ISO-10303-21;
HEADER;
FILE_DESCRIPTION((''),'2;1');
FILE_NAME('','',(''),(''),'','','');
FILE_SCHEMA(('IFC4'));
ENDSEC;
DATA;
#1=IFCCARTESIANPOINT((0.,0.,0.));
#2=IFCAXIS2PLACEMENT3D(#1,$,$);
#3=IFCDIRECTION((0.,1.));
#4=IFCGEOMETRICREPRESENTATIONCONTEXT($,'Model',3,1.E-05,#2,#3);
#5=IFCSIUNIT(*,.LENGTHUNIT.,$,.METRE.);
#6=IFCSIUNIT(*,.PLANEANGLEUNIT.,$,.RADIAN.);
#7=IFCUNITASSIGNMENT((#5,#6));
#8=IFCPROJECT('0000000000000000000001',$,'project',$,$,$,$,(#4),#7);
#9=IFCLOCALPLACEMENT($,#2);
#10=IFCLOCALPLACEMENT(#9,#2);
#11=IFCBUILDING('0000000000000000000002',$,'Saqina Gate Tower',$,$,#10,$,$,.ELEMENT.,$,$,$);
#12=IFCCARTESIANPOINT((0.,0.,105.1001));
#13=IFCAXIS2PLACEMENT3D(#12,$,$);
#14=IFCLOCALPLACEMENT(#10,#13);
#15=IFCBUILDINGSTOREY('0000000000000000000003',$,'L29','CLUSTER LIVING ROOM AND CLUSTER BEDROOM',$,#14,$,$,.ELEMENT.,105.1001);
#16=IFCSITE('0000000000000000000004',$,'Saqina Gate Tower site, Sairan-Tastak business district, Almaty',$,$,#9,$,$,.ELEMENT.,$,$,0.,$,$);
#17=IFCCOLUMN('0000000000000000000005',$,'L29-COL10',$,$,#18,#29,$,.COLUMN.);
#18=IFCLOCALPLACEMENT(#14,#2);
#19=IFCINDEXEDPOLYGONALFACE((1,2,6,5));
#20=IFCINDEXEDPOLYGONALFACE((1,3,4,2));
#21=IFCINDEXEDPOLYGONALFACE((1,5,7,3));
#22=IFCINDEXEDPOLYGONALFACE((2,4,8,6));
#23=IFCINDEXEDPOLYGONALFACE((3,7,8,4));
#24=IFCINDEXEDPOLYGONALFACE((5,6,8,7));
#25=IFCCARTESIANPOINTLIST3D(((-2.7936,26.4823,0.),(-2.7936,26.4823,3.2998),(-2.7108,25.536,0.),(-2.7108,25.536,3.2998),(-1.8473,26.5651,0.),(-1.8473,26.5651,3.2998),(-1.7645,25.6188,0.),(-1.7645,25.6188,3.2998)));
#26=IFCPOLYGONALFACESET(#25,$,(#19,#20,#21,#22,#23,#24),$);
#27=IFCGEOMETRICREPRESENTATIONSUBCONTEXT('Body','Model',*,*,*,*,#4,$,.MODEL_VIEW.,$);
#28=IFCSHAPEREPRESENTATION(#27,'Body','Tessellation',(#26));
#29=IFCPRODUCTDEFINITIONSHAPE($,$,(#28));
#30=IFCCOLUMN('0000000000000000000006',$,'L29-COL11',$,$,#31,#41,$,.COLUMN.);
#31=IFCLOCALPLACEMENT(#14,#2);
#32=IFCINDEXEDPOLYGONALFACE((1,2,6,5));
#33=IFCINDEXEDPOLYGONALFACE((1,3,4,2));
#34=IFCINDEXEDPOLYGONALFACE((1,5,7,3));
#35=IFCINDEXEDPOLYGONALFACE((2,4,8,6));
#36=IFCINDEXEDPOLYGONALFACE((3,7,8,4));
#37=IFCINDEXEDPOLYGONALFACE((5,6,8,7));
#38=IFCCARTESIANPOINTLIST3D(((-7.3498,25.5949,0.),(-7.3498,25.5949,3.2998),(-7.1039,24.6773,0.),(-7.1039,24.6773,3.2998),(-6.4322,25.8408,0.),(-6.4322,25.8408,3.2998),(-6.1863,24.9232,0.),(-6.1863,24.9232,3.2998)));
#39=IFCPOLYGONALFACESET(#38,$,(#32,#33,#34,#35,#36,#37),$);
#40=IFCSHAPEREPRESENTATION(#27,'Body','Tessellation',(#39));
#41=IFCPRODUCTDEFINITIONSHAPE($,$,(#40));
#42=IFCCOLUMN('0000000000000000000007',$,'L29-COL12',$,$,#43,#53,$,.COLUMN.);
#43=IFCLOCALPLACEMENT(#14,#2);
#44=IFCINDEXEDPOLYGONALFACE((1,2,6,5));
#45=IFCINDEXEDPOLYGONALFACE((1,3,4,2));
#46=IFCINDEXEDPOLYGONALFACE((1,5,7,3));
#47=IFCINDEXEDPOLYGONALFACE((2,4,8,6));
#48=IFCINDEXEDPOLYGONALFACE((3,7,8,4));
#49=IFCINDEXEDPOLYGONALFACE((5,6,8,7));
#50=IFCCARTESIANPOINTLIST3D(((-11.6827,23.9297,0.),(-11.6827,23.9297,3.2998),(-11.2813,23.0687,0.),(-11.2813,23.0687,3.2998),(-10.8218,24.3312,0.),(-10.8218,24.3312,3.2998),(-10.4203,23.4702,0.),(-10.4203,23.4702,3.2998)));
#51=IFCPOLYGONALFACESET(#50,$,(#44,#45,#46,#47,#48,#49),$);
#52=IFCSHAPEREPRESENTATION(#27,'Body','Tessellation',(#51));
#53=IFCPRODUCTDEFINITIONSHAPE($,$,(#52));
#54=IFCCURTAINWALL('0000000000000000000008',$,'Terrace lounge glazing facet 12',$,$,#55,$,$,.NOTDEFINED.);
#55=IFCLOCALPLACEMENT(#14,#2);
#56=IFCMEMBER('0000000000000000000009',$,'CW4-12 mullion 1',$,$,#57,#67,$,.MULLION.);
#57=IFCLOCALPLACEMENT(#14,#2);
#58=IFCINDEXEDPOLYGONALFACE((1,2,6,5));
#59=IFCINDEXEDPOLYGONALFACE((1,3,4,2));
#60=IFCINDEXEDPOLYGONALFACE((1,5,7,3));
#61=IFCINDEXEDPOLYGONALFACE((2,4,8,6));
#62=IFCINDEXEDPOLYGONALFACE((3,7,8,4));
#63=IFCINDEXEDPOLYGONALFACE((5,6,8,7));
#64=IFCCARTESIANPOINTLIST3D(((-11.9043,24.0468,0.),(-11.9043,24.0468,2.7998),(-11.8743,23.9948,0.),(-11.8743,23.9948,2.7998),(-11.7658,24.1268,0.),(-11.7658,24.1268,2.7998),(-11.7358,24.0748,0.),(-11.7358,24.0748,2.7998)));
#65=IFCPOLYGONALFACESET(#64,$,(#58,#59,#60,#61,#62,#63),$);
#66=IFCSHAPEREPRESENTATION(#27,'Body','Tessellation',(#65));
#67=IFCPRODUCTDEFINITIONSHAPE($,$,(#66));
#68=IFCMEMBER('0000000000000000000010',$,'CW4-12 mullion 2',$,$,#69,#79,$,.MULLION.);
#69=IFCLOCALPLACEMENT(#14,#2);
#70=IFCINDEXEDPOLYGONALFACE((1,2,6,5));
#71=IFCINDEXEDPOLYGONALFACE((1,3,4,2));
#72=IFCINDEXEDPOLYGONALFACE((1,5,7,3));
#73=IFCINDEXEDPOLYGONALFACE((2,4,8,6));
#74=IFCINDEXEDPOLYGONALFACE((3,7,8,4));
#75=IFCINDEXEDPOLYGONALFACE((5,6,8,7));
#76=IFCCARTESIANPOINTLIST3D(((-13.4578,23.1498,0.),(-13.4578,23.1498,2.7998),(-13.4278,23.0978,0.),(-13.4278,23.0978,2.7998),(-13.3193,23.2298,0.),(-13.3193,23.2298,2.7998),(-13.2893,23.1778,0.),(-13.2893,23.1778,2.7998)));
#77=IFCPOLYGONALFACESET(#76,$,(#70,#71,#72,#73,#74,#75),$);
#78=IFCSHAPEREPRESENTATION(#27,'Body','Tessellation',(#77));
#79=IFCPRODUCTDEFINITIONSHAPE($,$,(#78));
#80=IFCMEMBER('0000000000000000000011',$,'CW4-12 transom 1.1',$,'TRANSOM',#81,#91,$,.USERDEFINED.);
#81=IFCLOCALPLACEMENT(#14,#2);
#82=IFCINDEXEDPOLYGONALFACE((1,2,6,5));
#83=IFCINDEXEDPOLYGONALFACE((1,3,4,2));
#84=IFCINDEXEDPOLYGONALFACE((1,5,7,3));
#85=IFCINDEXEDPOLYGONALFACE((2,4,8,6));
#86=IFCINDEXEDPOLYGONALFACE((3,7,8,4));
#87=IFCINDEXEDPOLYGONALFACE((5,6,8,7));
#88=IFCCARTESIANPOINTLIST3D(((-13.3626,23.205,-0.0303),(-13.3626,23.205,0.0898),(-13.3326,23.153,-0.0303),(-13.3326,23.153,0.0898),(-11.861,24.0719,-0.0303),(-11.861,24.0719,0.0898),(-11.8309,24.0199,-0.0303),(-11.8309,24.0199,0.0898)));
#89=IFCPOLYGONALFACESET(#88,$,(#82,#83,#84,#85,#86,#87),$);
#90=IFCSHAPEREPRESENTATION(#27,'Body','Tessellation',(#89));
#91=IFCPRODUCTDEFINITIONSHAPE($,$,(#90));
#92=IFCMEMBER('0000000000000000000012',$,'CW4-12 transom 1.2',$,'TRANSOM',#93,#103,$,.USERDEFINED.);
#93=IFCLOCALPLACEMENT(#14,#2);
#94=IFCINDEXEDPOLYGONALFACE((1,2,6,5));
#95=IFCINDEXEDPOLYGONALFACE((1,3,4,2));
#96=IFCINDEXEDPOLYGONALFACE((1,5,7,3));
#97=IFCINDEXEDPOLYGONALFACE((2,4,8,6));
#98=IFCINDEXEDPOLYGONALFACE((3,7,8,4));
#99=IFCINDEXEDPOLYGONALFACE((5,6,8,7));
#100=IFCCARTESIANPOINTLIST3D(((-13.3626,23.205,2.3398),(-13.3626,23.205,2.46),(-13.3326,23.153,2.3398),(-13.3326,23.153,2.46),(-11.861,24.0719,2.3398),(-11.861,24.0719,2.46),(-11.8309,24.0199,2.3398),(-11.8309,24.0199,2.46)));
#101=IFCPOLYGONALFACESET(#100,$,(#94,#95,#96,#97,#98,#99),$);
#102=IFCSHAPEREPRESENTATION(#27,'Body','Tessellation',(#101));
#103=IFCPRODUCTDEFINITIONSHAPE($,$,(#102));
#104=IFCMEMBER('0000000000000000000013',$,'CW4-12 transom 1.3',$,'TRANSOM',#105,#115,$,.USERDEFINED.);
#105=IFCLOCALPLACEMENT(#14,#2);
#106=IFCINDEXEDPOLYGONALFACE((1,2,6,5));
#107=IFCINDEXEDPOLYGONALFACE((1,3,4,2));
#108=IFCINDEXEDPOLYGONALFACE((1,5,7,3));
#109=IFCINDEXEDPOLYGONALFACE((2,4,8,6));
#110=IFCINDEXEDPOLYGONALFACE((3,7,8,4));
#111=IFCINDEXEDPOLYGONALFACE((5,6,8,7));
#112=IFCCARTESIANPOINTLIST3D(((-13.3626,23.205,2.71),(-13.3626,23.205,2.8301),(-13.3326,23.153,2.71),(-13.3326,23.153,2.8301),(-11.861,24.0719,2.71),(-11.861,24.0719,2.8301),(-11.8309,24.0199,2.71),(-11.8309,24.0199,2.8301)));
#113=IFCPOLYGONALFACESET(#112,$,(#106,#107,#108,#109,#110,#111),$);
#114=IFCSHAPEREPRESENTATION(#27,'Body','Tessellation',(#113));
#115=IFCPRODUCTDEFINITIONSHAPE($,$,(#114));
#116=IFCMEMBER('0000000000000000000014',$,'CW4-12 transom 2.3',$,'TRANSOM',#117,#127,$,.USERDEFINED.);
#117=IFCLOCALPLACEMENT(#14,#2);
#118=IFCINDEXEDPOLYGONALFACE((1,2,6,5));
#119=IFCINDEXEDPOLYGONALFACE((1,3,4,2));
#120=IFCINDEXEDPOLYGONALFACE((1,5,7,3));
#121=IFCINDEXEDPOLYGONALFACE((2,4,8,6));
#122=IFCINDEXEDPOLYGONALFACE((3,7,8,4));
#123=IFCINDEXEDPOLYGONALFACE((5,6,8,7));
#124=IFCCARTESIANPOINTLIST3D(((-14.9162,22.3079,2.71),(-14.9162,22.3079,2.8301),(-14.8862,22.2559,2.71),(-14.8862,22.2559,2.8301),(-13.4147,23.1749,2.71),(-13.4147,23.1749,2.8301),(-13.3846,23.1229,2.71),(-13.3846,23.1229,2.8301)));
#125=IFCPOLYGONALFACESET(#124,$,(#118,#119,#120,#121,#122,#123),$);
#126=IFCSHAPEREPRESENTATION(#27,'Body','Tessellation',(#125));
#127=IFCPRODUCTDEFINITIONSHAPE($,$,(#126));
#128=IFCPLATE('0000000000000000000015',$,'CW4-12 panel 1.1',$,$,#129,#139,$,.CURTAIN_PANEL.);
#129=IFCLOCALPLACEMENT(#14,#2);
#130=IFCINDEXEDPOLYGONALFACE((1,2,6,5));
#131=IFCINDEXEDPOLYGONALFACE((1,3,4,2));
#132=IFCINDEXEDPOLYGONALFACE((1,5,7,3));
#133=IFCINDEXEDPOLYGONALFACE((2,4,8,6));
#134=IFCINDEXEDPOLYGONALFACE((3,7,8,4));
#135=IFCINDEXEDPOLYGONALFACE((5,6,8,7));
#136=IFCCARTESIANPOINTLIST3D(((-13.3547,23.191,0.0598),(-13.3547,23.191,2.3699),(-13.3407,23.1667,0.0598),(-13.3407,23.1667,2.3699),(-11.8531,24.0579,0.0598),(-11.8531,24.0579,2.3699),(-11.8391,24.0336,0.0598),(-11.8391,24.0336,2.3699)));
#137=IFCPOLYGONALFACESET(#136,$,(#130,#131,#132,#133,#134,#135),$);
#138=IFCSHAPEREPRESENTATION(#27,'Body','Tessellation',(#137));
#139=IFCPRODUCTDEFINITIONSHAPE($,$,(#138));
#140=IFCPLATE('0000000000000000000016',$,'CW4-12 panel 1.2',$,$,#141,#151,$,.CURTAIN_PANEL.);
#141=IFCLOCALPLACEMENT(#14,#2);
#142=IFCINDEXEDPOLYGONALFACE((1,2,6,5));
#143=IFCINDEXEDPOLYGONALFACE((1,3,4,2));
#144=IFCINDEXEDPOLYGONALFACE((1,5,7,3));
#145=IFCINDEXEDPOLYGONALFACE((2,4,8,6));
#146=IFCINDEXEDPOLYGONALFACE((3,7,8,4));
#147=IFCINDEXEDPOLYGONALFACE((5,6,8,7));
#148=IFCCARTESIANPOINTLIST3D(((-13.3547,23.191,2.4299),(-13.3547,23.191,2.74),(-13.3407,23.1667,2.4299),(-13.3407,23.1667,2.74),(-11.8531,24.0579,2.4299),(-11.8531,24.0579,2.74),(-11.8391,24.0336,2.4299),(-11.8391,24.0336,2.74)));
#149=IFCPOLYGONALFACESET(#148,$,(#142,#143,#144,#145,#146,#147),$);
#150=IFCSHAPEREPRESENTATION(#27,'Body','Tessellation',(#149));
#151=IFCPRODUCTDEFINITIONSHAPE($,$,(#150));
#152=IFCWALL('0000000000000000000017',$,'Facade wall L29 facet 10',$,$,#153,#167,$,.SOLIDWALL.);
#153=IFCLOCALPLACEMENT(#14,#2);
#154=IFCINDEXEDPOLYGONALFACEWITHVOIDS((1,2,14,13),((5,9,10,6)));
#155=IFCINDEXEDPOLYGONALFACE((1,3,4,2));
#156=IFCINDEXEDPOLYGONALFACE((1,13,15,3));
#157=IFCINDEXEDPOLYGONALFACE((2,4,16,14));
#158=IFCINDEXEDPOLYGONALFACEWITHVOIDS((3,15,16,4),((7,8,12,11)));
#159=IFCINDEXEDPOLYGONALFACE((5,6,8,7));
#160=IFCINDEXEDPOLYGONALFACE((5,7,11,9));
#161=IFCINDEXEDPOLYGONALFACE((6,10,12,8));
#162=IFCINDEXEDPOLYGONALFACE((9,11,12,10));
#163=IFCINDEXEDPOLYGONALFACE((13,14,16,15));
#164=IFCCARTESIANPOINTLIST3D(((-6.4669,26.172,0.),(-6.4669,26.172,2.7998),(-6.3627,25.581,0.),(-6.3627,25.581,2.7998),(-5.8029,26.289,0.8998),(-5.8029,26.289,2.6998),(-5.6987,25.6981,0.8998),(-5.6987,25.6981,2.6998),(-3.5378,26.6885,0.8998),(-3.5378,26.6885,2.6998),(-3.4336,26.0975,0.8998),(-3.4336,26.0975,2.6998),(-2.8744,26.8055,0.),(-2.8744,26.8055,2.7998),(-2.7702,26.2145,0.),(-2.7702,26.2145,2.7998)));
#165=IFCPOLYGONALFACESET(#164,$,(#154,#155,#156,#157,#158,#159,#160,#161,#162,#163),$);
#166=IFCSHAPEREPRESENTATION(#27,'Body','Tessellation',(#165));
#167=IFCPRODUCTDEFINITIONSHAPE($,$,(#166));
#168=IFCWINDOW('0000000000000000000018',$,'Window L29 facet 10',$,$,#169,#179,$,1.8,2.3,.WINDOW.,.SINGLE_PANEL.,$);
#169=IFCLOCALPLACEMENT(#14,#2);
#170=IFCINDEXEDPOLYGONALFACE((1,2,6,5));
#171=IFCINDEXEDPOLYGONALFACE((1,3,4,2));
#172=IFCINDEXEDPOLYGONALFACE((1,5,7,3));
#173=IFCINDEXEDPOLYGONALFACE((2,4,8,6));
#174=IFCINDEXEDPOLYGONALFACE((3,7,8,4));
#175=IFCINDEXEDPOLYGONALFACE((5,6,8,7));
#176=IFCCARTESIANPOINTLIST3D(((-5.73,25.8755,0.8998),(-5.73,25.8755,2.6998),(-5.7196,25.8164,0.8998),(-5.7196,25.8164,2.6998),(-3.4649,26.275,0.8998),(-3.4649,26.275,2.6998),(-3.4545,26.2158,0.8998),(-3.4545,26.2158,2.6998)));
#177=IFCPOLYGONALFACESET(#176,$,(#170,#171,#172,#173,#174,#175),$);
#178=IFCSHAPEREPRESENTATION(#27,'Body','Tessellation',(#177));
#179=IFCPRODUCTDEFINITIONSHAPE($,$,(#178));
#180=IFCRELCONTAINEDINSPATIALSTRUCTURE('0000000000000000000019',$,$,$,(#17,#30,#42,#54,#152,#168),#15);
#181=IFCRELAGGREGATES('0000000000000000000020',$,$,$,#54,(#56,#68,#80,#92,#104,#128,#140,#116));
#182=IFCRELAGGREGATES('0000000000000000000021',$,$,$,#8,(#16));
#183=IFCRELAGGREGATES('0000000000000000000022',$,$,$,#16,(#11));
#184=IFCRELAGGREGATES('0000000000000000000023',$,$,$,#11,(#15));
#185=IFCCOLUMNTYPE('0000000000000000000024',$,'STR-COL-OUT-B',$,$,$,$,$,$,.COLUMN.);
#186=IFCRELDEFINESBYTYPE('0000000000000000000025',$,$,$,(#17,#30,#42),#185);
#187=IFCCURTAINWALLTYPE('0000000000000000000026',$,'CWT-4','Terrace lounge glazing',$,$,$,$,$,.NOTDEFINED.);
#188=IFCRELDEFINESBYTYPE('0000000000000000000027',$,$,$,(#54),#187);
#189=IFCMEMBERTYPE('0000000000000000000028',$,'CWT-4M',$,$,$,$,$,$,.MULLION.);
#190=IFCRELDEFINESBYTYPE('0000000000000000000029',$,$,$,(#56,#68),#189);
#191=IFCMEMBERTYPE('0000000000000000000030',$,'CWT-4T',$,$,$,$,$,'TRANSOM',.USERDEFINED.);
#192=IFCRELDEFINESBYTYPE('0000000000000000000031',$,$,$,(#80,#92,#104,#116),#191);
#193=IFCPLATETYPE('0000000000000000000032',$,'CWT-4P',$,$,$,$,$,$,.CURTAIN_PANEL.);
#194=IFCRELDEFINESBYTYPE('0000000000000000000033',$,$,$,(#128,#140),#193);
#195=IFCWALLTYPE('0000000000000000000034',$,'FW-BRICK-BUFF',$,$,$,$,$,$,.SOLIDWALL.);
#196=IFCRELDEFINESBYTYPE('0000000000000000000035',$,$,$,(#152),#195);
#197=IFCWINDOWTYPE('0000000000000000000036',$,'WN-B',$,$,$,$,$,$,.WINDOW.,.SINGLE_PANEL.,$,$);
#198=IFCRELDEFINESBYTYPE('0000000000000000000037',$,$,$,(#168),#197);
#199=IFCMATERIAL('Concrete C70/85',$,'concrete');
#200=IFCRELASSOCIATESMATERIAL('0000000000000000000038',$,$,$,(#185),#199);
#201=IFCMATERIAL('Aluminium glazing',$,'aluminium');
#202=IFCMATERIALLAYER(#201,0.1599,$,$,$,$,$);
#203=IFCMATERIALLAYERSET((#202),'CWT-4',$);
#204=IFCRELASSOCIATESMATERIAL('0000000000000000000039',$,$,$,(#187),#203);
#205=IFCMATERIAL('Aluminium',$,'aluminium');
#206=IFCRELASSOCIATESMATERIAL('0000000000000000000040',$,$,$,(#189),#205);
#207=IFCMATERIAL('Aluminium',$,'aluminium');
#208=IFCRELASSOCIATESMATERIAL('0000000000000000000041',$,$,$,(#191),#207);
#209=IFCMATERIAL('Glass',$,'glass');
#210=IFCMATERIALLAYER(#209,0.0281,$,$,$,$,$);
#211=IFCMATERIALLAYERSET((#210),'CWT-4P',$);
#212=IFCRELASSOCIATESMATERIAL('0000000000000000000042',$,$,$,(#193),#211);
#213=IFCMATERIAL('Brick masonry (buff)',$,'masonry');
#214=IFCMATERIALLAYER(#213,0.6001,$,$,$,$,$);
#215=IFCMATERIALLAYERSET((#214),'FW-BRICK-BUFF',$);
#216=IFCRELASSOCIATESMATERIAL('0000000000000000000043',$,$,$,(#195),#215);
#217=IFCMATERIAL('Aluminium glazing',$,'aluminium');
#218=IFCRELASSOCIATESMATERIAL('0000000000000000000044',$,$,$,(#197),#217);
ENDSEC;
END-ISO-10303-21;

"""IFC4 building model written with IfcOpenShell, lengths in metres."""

from ifc_helpers import new_model, si_unit, direction, frame, frame_2d, origin, origin_2d, place, context, subcontext, project, spatial, rectangle, extrude, material, layer, layer_set, material_profile, profile_set, type_object, element, fill, aggregate, save


model = new_model("IFC4")

# Units and contexts
model_context = context("Model", 3, precision=1e-05, world=origin(), true_north=direction((0.0, 1.0)))
body_context = subcontext(model_context, "Body", "Model", "MODEL_VIEW")
ifc_project = project(units=[si_unit("LENGTHUNIT", "METRE"), si_unit("PLANEANGLEUNIT", "RADIAN")], contexts=[model_context])

# Site, building, storey
site_placement = place(None, origin())
site = spatial("IfcSite", under=ifc_project, at=site_placement, Name="Saqina Gate Tower site, Sairan-Tastak business district, Almaty", CompositionType="ELEMENT", RefElevation=0.0)
building_placement = place(site_placement, origin())
building = spatial("IfcBuilding", under=site, at=building_placement, Name="Saqina Gate Tower", CompositionType="ELEMENT")
storey_placement = place(building_placement, frame((0.0, 0.0, 105.1001)))
storey = spatial("IfcBuildingStorey", under=building, at=storey_placement, Name="L29", Description="CLUSTER LIVING ROOM AND CLUSTER BEDROOM", CompositionType="ELEMENT", Elevation=105.1001)

# Columns
ifc_material_1 = material(Name="Concrete C70/85", Category="concrete")
ifc_material_profile_1 = material_profile(ifc_material_1, rectangle(XDim=0.95, YDim=0.95, at=origin_2d()), Name="RC 950x950")
ifc_profile_set_1 = profile_set([ifc_material_profile_1], Name="Concrete C70/85")
column_type = type_object("IfcColumnType", Name="STR-COL-OUT-B", PredefinedType="COLUMN", material=ifc_profile_set_1)
for number, where, z_axis, x_axis, name in (
    (1, (-2.2791, 26.0505, 0.0), (0.0, 0.0, 1.0), (-0.087156, 0.996195, 0.0), "L29-COL10"),
    (2, (-6.7681, 25.259, 0.0), (0.0, 0.0, 1.0), (-0.258819, 0.965926, 0.0), "L29-COL11"),
    (3, (-11.0515, 23.7, 0.0), (0.0, 0.0, 1.0), (-0.422618, 0.906308, 0.0), "L29-COL12"),
):
    element("IfcColumn", number, at=place(storey_placement, frame(where, z_axis=z_axis, x_axis=x_axis)), inside=storey, type_object=column_type, Name=name, PredefinedType="COLUMN", context=body_context, shape_type="SweptSolid", body=[
        extrude(rectangle(XDim=0.95, YDim=0.95, at=origin_2d()), origin(), (0.0, 0.0, 1.0), 3.2998),
    ])

# Curtain wall, members, plates
ifc_material_2 = material(Name="Aluminium glazing", Category="aluminium")
ifc_layer_1 = layer(ifc_material_2, 0.1599)
ifc_layer_set_1 = layer_set([ifc_layer_1], Name="CWT-4")
curtain_wall_type = type_object("IfcCurtainWallType", Name="CWT-4", Description="Terrace lounge glazing", PredefinedType="NOTDEFINED", material=ifc_layer_set_1)
curtain_wall_placement = place(storey_placement, origin())
curtain_wall = element("IfcCurtainWall", 4, at=curtain_wall_placement, inside=storey, type_object=curtain_wall_type, Name="Terrace lounge glazing facet 12", PredefinedType="NOTDEFINED")
ifc_material_3 = material(Name="Aluminium", Category="aluminium")
ifc_material_profile_2 = material_profile(ifc_material_3, rectangle(XDim=0.0601, YDim=0.1599, at=origin_2d()), Name="Aluminium 60x160")
ifc_profile_set_2 = profile_set([ifc_material_profile_2], Name="Aluminium")
member_type_1 = type_object("IfcMemberType", Name="CWT-4M", PredefinedType="MULLION", material=ifc_profile_set_2)
member_1_placement = place(storey_placement, frame((-11.8201, 24.0608, 0.0), z_axis=(0.0, 0.0, 1.0), x_axis=(0.499999, -0.866026, 0.0)))
member_1 = element("IfcMember", 5, at=member_1_placement, type_object=member_type_1, Name="CW4-12 mullion 1", PredefinedType="MULLION", context=body_context, shape_type="SweptSolid", body=[
    extrude(rectangle(XDim=0.0601, YDim=0.1599, at=origin_2d()), origin(), (0.0, 0.0, 1.0), 2.7998),
])
member_2_placement = place(storey_placement, frame((-13.3735, 23.1638, 0.0), z_axis=(0.0, 0.0, 1.0), x_axis=(0.499999, -0.866026, 0.0)))
member_2 = element("IfcMember", 6, at=member_2_placement, type_object=member_type_1, Name="CW4-12 mullion 2", PredefinedType="MULLION", context=body_context, shape_type="SweptSolid", body=[
    extrude(rectangle(XDim=0.0601, YDim=0.1599, at=origin_2d()), origin(), (0.0, 0.0, 1.0), 2.7998),
])
ifc_material_4 = material(Name="Aluminium", Category="aluminium")
ifc_material_profile_3 = material_profile(ifc_material_4, rectangle(XDim=0.0601, YDim=0.1201, at=origin_2d()), Name="Aluminium 60x120")
ifc_profile_set_3 = profile_set([ifc_material_profile_3], Name="Aluminium")
member_type_2 = type_object("IfcMemberType", Name="CWT-4T", ElementType="TRANSOM", PredefinedType="USERDEFINED", material=ifc_profile_set_3)
member_3_placement = place(storey_placement, frame((-11.8459, 24.0459, 0.0298), z_axis=(-0.866043, -0.49997, 0.0), x_axis=(0.49997, -0.866043, 0.0)))
member_3 = element("IfcMember", 7, at=member_3_placement, type_object=member_type_2, Name="CW4-12 transom 1.1", ObjectType="TRANSOM", PredefinedType="USERDEFINED", context=body_context, shape_type="SweptSolid", body=[
    extrude(rectangle(XDim=0.0601, YDim=0.1201, at=origin_2d()), origin(), (0.0, 0.0, 1.0), 1.7339),
])
member_4_placement = place(storey_placement, frame((-11.8459, 24.0459, 2.3999), z_axis=(-0.866043, -0.49997, 0.0), x_axis=(0.49997, -0.866043, 0.0)))
member_4 = element("IfcMember", 8, at=member_4_placement, type_object=member_type_2, Name="CW4-12 transom 1.2", ObjectType="TRANSOM", PredefinedType="USERDEFINED", context=body_context, shape_type="SweptSolid", body=[
    extrude(rectangle(XDim=0.0601, YDim=0.1201, at=origin_2d()), origin(), (0.0, 0.0, 1.0), 1.7339),
])
member_5_placement = place(storey_placement, frame((-11.8459, 24.0459, 2.77), z_axis=(-0.866043, -0.49997, 0.0), x_axis=(0.49997, -0.866043, 0.0)))
member_5 = element("IfcMember", 9, at=member_5_placement, type_object=member_type_2, Name="CW4-12 transom 1.3", ObjectType="TRANSOM", PredefinedType="USERDEFINED", context=body_context, shape_type="SweptSolid", body=[
    extrude(rectangle(XDim=0.0601, YDim=0.1201, at=origin_2d()), origin(), (0.0, 0.0, 1.0), 1.7339),
])
member_6_placement = place(storey_placement, frame((-13.3997, 23.1489, 2.77), z_axis=(-0.866007, -0.500031, 0.0), x_axis=(0.500031, -0.866007, 0.0)))
member_6 = element("IfcMember", 10, at=member_6_placement, type_object=member_type_2, Name="CW4-12 transom 2.3", ObjectType="TRANSOM", PredefinedType="USERDEFINED", context=body_context, shape_type="SweptSolid", body=[
    extrude(rectangle(XDim=0.0601, YDim=0.1201, at=origin_2d()), origin(), (0.0, 0.0, 1.0), 1.7339),
])
ifc_material_5 = material(Name="Glass", Category="glass")
ifc_layer_2 = layer(ifc_material_5, 0.0281)
ifc_layer_set_2 = layer_set([ifc_layer_2], Name="CWT-4P")
plate_type = type_object("IfcPlateType", Name="CWT-4P", PredefinedType="CURTAIN_PANEL", material=ifc_layer_set_2)
plate_1_placement = place(storey_placement, frame((-12.5969, 23.6123, 0.0598), z_axis=(0.0, 0.0, 1.0), x_axis=(-0.866026, -0.499999, 0.0)))
plate_1 = element("IfcPlate", 11, at=plate_1_placement, type_object=plate_type, Name="CW4-12 panel 1.1", PredefinedType="CURTAIN_PANEL", context=body_context, shape_type="SweptSolid", body=[
    extrude(rectangle(XDim=1.7339, YDim=0.0281, at=origin_2d()), origin(), (0.0, 0.0, 1.0), 2.3101),
])
plate_2_placement = place(storey_placement, frame((-12.5969, 23.6123, 2.4299), z_axis=(0.0, 0.0, 1.0), x_axis=(-0.866026, -0.499999, 0.0)))
plate_2 = element("IfcPlate", 12, at=plate_2_placement, type_object=plate_type, Name="CW4-12 panel 1.2", PredefinedType="CURTAIN_PANEL", context=body_context, shape_type="SweptSolid", body=[
    extrude(rectangle(XDim=1.7339, YDim=0.0281, at=origin_2d()), origin(), (0.0, 0.0, 1.0), 0.3101),
])
aggregate(curtain_wall, [member_1, member_2, member_3, member_4, member_5, plate_1, plate_2, member_6])

# Wall, opening, window
ifc_material_6 = material(Name="Brick masonry (buff)", Category="masonry")
ifc_layer_3 = layer(ifc_material_6, 0.6001)
ifc_layer_set_3 = layer_set([ifc_layer_3], Name="FW-BRICK-BUFF")
wall_type_1 = type_object("IfcWallType", Name="FW-BRICK-BUFF", PredefinedType="SOLIDWALL", material=ifc_layer_set_3)
wall_1_placement = place(storey_placement, frame((-2.8223, 26.51, 0.0), z_axis=(0.0, 0.0, 1.0), x_axis=(-0.984804, -0.173671, 0.0)))
wall_1 = element("IfcWall", 13, at=wall_1_placement, inside=storey, type_object=wall_type_1, Name="Facade wall L29 facet 10", PredefinedType="SOLIDWALL", context=body_context, shape_type="SweptSolid", body=[
    extrude(rectangle(XDim=3.6479, YDim=0.6001, at=frame_2d((1.824, 0.0))), origin(), (0.0, 0.0, 1.0), 2.7998),
])
opening_1_placement = place(wall_1_placement, frame((0.6738, 0.0, 0.8999)))
opening_1 = element("IfcOpeningElement", 14, at=opening_1_placement, cuts=wall_1, PredefinedType="OPENING", context=body_context, shape_type="SweptSolid", body=[
    extrude(rectangle(XDim=2.3, YDim=1.8, at=frame_2d((1.1499, 0.8999))), frame((0.0, 0.312, 0.0), z_axis=(0.0, -1.0, 0.0), x_axis=(1.0, 0.0, 0.0)), (0.0, 0.0, 1.0), 0.624),
])
ifc_material_7 = material(Name="Aluminium glazing", Category="aluminium")
window_type = type_object("IfcWindowType", Name="WN-B", PartitioningType="SINGLE_PANEL", PredefinedType="WINDOW", material=ifc_material_7)
window_1_placement = place(opening_1_placement, origin())
window_1 = element("IfcWindow", 15, at=window_1_placement, inside=storey, type_object=window_type, Name="Window L29 facet 10", OverallHeight=1.8, OverallWidth=2.3, PartitioningType="SINGLE_PANEL", PredefinedType="WINDOW", context=body_context, shape_type="SweptSolid", body=[
    extrude(rectangle(XDim=2.3, YDim=1.8, at=frame_2d((1.1499, 0.8999))), frame((0.0, 0.1799, 0.0), z_axis=(0.0, -1.0, 0.0), x_axis=(1.0, 0.0, 0.0)), (0.0, 0.0, 1.0), 0.0601),
])
fill(opening_1, window_1)

save(model, "model.ifc")
